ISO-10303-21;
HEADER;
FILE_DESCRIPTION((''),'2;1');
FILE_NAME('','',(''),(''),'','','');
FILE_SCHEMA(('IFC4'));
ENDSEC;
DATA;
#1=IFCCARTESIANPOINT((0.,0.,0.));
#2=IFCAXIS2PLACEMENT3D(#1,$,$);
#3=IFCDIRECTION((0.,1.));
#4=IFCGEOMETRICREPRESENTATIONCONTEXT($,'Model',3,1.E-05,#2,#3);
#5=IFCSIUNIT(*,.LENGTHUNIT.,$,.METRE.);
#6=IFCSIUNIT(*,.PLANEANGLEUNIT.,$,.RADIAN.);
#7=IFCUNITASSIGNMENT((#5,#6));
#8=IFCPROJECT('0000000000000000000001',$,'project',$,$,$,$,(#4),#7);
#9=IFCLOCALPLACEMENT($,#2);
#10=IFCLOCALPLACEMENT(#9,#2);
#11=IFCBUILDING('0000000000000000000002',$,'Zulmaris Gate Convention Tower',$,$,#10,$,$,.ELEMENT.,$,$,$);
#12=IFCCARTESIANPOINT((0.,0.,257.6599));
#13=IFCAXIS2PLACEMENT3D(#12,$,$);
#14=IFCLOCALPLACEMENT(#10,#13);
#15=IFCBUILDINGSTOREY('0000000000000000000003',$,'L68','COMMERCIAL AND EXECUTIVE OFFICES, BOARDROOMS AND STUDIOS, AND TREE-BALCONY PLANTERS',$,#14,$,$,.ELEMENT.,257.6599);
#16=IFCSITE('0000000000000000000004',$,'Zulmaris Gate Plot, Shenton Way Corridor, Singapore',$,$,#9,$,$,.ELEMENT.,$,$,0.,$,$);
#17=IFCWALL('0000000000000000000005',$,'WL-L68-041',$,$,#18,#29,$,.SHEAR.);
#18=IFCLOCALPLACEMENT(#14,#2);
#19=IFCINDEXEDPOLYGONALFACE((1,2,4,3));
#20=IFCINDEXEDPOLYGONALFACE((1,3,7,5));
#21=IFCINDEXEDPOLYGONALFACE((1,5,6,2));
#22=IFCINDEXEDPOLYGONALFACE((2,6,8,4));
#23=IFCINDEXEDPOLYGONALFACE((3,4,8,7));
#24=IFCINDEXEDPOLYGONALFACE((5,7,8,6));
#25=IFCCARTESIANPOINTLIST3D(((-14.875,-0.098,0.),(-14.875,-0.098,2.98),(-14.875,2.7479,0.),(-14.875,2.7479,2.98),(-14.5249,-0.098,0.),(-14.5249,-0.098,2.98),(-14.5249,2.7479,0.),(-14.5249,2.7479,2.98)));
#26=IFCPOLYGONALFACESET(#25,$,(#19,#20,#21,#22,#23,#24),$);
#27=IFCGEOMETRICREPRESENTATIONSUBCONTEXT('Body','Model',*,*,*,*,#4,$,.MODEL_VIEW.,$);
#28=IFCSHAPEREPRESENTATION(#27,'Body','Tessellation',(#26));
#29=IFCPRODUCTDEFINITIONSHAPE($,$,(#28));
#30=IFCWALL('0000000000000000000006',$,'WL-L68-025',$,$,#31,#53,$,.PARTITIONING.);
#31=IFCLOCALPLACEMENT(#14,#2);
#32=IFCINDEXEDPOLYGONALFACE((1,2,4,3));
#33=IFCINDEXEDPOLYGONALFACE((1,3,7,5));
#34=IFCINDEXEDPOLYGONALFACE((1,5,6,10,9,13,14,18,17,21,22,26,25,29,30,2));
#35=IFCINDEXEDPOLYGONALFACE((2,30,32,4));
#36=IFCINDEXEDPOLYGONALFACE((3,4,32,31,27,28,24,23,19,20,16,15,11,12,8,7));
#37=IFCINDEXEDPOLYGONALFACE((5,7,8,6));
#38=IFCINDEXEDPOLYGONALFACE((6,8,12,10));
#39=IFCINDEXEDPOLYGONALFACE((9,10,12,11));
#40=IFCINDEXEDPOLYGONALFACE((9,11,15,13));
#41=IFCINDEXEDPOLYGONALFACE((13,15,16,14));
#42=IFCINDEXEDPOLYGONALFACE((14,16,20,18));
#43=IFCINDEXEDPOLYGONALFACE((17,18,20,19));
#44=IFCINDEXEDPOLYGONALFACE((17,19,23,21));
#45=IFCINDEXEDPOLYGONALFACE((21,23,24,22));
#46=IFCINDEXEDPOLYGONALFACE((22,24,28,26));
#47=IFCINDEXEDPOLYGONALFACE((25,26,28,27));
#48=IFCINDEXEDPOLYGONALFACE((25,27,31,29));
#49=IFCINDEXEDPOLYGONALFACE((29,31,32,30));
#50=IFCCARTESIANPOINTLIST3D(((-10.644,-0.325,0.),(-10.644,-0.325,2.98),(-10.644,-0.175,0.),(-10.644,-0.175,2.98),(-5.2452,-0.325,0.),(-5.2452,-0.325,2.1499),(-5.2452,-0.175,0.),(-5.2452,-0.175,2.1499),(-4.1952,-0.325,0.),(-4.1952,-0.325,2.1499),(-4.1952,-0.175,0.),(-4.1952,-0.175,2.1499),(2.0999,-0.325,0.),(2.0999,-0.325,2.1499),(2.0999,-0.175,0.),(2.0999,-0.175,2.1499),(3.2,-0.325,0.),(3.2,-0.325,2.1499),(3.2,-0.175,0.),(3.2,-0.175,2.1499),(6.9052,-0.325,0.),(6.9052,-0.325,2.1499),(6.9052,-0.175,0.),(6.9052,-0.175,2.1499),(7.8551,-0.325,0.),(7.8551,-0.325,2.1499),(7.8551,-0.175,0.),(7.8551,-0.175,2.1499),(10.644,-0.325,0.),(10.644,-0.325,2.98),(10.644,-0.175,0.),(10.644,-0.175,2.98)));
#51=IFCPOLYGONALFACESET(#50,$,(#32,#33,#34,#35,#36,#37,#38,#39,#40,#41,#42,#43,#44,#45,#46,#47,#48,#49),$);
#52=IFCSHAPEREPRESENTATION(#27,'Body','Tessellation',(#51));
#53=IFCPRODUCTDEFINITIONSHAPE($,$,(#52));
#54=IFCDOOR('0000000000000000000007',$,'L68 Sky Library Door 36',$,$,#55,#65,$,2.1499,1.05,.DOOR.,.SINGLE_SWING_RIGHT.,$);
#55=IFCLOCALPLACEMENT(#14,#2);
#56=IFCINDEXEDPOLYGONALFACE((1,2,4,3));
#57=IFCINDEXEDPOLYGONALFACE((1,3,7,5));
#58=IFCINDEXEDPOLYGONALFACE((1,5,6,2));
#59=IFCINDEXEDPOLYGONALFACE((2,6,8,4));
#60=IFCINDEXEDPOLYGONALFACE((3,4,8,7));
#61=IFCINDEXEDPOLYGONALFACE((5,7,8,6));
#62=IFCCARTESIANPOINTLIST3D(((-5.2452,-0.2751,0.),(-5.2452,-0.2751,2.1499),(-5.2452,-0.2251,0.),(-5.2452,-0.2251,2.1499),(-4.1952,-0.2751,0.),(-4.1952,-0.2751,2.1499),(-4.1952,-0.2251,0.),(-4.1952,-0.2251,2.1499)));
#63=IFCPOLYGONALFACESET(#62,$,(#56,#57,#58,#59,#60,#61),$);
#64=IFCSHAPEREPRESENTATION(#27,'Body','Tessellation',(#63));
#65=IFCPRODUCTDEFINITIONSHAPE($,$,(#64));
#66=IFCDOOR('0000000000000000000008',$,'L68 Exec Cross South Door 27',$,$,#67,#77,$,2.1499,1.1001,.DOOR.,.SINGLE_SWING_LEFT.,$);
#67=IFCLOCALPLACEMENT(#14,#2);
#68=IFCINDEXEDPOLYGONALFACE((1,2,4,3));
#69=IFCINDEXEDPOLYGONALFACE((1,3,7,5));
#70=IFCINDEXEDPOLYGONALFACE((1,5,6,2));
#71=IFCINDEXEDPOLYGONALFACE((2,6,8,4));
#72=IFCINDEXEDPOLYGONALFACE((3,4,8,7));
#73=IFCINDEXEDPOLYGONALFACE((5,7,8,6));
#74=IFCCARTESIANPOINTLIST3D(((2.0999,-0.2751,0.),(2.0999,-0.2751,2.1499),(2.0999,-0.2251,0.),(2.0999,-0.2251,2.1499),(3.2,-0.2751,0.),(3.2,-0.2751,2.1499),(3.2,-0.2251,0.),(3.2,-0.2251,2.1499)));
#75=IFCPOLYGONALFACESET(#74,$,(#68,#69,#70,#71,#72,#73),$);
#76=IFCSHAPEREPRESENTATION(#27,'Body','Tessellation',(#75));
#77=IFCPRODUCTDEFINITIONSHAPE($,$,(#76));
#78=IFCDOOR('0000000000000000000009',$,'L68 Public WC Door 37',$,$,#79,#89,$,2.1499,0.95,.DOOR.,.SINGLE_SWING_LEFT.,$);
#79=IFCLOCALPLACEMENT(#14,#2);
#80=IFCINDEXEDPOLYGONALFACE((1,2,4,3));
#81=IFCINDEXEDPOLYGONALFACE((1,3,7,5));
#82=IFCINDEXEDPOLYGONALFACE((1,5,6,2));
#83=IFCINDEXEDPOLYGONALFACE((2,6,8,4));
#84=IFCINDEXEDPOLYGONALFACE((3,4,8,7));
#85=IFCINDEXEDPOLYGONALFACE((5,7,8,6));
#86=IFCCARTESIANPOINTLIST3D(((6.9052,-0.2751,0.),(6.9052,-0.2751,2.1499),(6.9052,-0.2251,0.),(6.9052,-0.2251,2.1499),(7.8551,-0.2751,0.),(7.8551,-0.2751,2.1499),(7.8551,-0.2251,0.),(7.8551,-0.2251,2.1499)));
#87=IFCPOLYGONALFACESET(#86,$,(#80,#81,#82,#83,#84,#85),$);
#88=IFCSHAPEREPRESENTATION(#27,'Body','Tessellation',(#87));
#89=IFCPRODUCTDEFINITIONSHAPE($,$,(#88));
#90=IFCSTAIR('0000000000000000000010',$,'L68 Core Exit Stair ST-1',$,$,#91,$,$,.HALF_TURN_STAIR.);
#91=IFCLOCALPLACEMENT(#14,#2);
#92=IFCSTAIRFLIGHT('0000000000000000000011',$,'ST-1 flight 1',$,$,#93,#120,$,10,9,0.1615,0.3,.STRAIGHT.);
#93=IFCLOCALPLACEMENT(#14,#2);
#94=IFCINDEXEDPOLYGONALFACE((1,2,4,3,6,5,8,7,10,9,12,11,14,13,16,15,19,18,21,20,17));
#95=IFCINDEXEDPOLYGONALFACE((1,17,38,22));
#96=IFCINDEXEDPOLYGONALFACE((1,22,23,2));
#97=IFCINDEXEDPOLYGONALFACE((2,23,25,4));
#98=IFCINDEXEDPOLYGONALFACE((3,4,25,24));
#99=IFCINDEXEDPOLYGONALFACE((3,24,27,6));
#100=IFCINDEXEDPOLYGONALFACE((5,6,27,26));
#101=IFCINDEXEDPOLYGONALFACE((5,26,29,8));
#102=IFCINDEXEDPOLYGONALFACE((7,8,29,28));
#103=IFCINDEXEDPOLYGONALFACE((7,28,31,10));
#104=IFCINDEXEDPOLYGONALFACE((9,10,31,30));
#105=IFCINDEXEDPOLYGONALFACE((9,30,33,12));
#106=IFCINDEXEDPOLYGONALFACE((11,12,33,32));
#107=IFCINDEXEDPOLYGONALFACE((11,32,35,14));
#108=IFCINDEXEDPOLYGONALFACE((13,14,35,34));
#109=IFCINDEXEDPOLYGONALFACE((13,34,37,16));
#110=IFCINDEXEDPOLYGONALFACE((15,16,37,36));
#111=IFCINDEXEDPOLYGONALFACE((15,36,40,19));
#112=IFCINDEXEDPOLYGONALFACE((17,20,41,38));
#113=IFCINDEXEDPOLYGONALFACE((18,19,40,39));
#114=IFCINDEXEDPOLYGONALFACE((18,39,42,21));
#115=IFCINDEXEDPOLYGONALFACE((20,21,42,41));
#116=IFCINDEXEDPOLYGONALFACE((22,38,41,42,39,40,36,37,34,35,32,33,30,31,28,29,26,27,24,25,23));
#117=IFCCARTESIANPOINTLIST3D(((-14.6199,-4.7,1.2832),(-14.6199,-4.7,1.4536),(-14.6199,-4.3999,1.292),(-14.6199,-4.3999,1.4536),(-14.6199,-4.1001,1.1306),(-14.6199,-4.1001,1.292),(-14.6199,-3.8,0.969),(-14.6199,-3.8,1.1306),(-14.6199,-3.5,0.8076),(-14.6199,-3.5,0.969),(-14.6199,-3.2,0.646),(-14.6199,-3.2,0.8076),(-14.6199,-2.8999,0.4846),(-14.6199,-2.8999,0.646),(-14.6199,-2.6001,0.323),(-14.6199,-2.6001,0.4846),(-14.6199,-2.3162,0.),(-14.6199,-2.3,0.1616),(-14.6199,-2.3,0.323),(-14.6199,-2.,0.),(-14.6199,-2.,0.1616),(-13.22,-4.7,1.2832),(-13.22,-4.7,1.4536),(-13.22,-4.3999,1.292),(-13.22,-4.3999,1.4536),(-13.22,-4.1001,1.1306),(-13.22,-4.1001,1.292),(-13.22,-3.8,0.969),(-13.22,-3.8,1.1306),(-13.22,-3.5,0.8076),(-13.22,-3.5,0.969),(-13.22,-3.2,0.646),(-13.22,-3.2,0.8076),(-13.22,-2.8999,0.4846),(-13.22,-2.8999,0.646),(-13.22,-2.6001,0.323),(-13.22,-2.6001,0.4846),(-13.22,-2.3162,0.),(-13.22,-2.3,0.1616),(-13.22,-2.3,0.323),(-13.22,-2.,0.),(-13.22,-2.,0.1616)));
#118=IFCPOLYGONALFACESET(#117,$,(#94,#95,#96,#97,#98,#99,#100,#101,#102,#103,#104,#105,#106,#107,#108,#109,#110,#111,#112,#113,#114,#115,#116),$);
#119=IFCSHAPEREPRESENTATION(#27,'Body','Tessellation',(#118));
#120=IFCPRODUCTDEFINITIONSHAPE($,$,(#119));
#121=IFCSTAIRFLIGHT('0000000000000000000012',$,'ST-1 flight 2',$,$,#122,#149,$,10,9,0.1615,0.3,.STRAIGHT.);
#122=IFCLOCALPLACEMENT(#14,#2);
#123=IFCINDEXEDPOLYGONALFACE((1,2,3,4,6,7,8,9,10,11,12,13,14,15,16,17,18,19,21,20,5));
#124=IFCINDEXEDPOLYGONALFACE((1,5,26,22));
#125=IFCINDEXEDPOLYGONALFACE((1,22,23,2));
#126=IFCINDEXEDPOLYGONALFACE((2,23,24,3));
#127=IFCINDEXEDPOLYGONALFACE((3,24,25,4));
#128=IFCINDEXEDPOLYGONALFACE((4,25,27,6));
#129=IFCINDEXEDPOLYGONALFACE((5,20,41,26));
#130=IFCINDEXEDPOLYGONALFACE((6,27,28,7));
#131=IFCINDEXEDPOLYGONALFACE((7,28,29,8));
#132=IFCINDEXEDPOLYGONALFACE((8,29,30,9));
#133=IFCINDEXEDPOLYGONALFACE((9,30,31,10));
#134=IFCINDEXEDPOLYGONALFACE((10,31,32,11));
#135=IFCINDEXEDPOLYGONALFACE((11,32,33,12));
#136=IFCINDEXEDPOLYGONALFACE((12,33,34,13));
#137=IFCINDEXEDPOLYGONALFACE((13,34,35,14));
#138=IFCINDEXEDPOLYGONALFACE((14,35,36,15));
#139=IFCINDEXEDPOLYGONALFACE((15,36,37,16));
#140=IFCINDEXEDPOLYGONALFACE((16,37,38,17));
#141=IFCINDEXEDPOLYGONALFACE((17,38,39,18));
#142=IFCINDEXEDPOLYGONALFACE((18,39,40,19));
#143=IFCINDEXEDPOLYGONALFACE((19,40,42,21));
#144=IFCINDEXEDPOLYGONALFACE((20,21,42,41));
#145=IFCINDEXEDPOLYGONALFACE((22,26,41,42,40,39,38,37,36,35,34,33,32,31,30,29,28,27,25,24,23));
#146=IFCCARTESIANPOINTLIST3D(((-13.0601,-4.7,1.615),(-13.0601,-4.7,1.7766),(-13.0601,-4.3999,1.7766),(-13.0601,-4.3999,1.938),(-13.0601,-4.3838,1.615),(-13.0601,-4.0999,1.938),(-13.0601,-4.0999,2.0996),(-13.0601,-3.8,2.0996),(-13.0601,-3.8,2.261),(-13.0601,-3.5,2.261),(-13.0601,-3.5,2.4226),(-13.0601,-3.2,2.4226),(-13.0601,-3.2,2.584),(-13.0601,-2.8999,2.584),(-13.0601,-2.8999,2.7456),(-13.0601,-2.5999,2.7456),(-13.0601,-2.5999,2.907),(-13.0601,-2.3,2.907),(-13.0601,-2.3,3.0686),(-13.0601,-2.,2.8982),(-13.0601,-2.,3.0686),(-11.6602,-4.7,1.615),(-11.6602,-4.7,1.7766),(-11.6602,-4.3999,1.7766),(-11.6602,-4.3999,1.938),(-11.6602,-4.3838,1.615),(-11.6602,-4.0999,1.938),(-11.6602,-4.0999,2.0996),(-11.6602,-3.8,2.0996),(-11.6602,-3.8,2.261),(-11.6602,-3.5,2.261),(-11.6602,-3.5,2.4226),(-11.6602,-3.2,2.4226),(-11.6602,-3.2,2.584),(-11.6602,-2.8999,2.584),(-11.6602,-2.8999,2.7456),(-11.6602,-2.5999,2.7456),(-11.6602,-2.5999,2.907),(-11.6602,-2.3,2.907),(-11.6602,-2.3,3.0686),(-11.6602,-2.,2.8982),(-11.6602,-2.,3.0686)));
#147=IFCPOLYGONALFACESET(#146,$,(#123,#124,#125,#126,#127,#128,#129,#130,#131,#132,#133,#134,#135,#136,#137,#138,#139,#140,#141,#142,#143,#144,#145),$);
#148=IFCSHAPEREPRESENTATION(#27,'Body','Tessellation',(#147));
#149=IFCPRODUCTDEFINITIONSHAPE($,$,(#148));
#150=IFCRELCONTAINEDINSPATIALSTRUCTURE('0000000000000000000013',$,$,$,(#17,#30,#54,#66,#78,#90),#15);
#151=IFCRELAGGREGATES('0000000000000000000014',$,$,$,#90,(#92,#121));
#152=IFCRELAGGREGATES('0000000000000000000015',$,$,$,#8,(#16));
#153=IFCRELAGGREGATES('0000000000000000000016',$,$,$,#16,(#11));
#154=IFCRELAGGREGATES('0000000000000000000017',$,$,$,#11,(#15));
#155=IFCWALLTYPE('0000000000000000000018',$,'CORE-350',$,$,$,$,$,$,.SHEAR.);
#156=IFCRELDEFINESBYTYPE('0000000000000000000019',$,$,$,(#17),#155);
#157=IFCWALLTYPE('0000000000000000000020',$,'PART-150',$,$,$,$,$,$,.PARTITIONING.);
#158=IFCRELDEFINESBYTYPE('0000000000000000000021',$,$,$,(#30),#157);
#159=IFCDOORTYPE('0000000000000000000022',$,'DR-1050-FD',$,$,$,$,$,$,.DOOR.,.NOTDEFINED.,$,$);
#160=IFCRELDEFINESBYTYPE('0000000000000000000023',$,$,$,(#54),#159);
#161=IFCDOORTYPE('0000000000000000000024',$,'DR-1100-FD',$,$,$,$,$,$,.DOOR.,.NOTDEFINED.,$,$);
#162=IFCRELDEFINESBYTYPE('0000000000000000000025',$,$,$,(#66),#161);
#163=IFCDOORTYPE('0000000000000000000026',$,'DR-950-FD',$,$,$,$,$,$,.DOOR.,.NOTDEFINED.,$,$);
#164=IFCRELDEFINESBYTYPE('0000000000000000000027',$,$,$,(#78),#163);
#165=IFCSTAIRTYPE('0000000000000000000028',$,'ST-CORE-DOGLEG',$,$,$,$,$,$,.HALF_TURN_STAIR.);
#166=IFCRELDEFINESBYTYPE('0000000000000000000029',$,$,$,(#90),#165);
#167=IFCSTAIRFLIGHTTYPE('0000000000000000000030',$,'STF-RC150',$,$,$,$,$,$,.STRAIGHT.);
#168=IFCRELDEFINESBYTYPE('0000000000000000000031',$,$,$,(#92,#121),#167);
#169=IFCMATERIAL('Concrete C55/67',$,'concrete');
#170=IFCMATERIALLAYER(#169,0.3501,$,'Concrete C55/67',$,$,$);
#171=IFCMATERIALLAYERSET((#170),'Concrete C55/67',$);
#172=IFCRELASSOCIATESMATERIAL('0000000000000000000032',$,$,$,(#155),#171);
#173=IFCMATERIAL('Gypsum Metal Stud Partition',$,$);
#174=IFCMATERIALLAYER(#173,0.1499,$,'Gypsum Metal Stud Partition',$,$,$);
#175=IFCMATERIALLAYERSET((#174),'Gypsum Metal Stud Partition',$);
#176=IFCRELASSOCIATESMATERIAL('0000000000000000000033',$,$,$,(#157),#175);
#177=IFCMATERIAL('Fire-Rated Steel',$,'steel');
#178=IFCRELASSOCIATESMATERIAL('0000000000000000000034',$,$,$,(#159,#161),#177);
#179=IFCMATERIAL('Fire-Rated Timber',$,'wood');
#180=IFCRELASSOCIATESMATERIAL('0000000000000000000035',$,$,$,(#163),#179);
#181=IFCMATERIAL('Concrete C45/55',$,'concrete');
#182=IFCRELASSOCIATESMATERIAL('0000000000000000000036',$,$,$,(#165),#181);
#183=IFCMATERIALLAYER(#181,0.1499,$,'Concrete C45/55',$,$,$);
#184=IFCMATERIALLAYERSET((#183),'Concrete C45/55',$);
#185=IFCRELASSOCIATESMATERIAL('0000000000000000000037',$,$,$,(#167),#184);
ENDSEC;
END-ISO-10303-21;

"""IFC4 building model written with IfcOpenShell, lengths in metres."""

from ifc_helpers import new_model, si_unit, direction, frame, frame_2d, origin, place, context, subcontext, project, spatial, polyline, rectangle, outline, extrude, material, layer, layer_set, type_object, element, fill, aggregate, save


model = new_model("IFC4")

# Units and contexts
model_context = context("Model", 3, precision=1e-05, world=origin(), true_north=direction((0.0, 1.0)))
body_context = subcontext(model_context, "Body", "Model", "MODEL_VIEW")
ifc_project = project(units=[si_unit("LENGTHUNIT", "METRE"), si_unit("PLANEANGLEUNIT", "RADIAN")], contexts=[model_context])

# Site, building, storey
site_placement = place(None, origin())
site = spatial("IfcSite", under=ifc_project, at=site_placement, Name="Zulmaris Gate Plot, Shenton Way Corridor, Singapore", CompositionType="ELEMENT", RefElevation=0.0)
building_placement = place(site_placement, origin())
building = spatial("IfcBuilding", under=site, at=building_placement, Name="Zulmaris Gate Convention Tower", CompositionType="ELEMENT")
storey_placement = place(building_placement, frame((0.0, 0.0, 257.6599)))
storey = spatial("IfcBuildingStorey", under=building, at=storey_placement, Name="L68", Description="COMMERCIAL AND EXECUTIVE OFFICES, BOARDROOMS AND STUDIOS, AND TREE-BALCONY PLANTERS", CompositionType="ELEMENT", Elevation=257.6599)

# Wall
ifc_material_1 = material(Name="Concrete C55/67", Category="concrete")
ifc_layer_1 = layer(ifc_material_1, 0.3501, Name="Concrete C55/67")
ifc_layer_set_1 = layer_set([ifc_layer_1], Name="Concrete C55/67")
wall_type_1 = type_object("IfcWallType", Name="CORE-350", PredefinedType="SHEAR", material=ifc_layer_set_1)
wall_1_placement = place(storey_placement, frame((-14.7, -0.0979, 0.0), z_axis=(0.0, 0.0, 1.0), x_axis=(0.0, 1.0, 0.0)))
element("IfcWall", 1, at=wall_1_placement, inside=storey, type_object=wall_type_1, Name="WL-L68-041", PredefinedType="SHEAR", context=body_context, shape_type="SweptSolid", body=[
    extrude(rectangle(XDim=2.8459, YDim=0.3501, at=frame_2d((1.4229, 0.0))), origin(), (0.0, 0.0, 1.0), 2.98),
])

# Wall, openings, doors
ifc_material_2 = material(Name="Gypsum Metal Stud Partition")
ifc_layer_2 = layer(ifc_material_2, 0.1499, Name="Gypsum Metal Stud Partition")
ifc_layer_set_2 = layer_set([ifc_layer_2], Name="Gypsum Metal Stud Partition")
wall_type_2 = type_object("IfcWallType", Name="PART-150", PredefinedType="PARTITIONING", material=ifc_layer_set_2)
wall_2_placement = place(storey_placement, frame((-10.644, -0.25, 0.0), z_axis=(0.0, 0.0, 1.0), x_axis=(1.0, 0.0, 0.0)))
wall_2 = element("IfcWall", 2, at=wall_2_placement, inside=storey, type_object=wall_type_2, Name="WL-L68-025", PredefinedType="PARTITIONING", context=body_context, shape_type="SweptSolid", body=[
    extrude(rectangle(XDim=21.2881, YDim=0.1499, at=frame_2d((10.644, 0.0))), origin(), (0.0, 0.0, 1.0), 2.98),
])
opening_1_placement = place(wall_2_placement, frame((12.7439, 0.0, 0.0)))
opening_1 = element("IfcOpeningElement", 3, at=opening_1_placement, cuts=wall_2, PredefinedType="OPENING", context=body_context, shape_type="SweptSolid", body=[
    extrude(rectangle(XDim=1.1001, YDim=2.1499, at=frame_2d((0.55, 1.075))), frame((0.0, 0.085, 0.0), z_axis=(0.0, -1.0, 0.0), x_axis=(1.0, 0.0, 0.0)), (0.0, 0.0, 1.0), 0.1699),
])
opening_2_placement = place(wall_2_placement, frame((5.3989, 0.0, 0.0)))
opening_2 = element("IfcOpeningElement", 4, at=opening_2_placement, cuts=wall_2, PredefinedType="OPENING", context=body_context, shape_type="SweptSolid", body=[
    extrude(rectangle(XDim=1.05, YDim=2.1499, at=frame_2d((0.5249, 1.075))), frame((0.0, 0.085, 0.0), z_axis=(0.0, -1.0, 0.0), x_axis=(1.0, 0.0, 0.0)), (0.0, 0.0, 1.0), 0.1699),
])
opening_3_placement = place(wall_2_placement, frame((17.5491, 0.0, 0.0)))
opening_3 = element("IfcOpeningElement", 5, at=opening_3_placement, cuts=wall_2, PredefinedType="OPENING", context=body_context, shape_type="SweptSolid", body=[
    extrude(rectangle(XDim=0.95, YDim=2.1499, at=frame_2d((0.4751, 1.075))), frame((0.0, 0.085, 0.0), z_axis=(0.0, -1.0, 0.0), x_axis=(1.0, 0.0, 0.0)), (0.0, 0.0, 1.0), 0.1699),
])
ifc_material_3 = material(Name="Fire-Rated Steel", Category="steel")
door_type_1 = type_object("IfcDoorType", Name="DR-1050-FD", OperationType="NOTDEFINED", PredefinedType="DOOR", material=ifc_material_3)
door_1_placement = place(opening_2_placement, origin())
door_1 = element("IfcDoor", 6, at=door_1_placement, inside=storey, type_object=door_type_1, Name="L68 Sky Library Door 36", OperationType="SINGLE_SWING_RIGHT", OverallHeight=2.1499, OverallWidth=1.05, PredefinedType="DOOR", context=body_context, shape_type="SweptSolid", body=[
    extrude(rectangle(XDim=1.05, YDim=2.1499, at=frame_2d((0.5249, 1.075))), frame((0.0, 0.0249, 0.0), z_axis=(0.0, -1.0, 0.0), x_axis=(1.0, 0.0, 0.0)), (0.0, 0.0, 1.0), 0.05),
])
fill(opening_2, door_1)
door_type_2 = type_object("IfcDoorType", Name="DR-1100-FD", OperationType="NOTDEFINED", PredefinedType="DOOR", material=ifc_material_3)
door_2_placement = place(opening_1_placement, origin())
door_2 = element("IfcDoor", 7, at=door_2_placement, inside=storey, type_object=door_type_2, Name="L68 Exec Cross South Door 27", OperationType="SINGLE_SWING_LEFT", OverallHeight=2.1499, OverallWidth=1.1001, PredefinedType="DOOR", context=body_context, shape_type="SweptSolid", body=[
    extrude(rectangle(XDim=1.1001, YDim=2.1499, at=frame_2d((0.55, 1.075))), frame((0.0, 0.0249, 0.0), z_axis=(0.0, -1.0, 0.0), x_axis=(1.0, 0.0, 0.0)), (0.0, 0.0, 1.0), 0.05),
])
fill(opening_1, door_2)
ifc_material_4 = material(Name="Fire-Rated Timber", Category="wood")
door_type_3 = type_object("IfcDoorType", Name="DR-950-FD", OperationType="NOTDEFINED", PredefinedType="DOOR", material=ifc_material_4)
door_3_placement = place(opening_3_placement, origin())
door_3 = element("IfcDoor", 8, at=door_3_placement, inside=storey, type_object=door_type_3, Name="L68 Public WC Door 37", OperationType="SINGLE_SWING_LEFT", OverallHeight=2.1499, OverallWidth=0.95, PredefinedType="DOOR", context=body_context, shape_type="SweptSolid", body=[
    extrude(rectangle(XDim=0.95, YDim=2.1499, at=frame_2d((0.4751, 1.075))), frame((0.0, 0.0249, 0.0), z_axis=(0.0, -1.0, 0.0), x_axis=(1.0, 0.0, 0.0)), (0.0, 0.0, 1.0), 0.05),
])
fill(opening_3, door_3)

# Stair, stair flights
ifc_material_5 = material(Name="Concrete C45/55", Category="concrete")
stair_type = type_object("IfcStairType", Name="ST-CORE-DOGLEG", PredefinedType="HALF_TURN_STAIR", material=ifc_material_5)
stair_1_placement = place(storey_placement, origin())
stair_1 = element("IfcStair", 9, at=stair_1_placement, inside=storey, type_object=stair_type, Name="L68 Core Exit Stair ST-1", PredefinedType="HALF_TURN_STAIR")
ifc_layer_3 = layer(ifc_material_5, 0.1499, Name="Concrete C45/55")
ifc_layer_set_3 = layer_set([ifc_layer_3], Name="Concrete C45/55")
stair_flight_type = type_object("IfcStairFlightType", Name="STF-RC150", PredefinedType="STRAIGHT", material=ifc_layer_set_3)
stair_flight_1_placement = place(storey_placement, frame((-13.9199, -2.0, 0.0), z_axis=(0.0, 0.0, 1.0), x_axis=(0.0, -1.0, 0.0)))
stair_flight_1 = element("IfcStairFlight", 10, at=stair_flight_1_placement, type_object=stair_flight_type, Name="ST-1 flight 1", NumberOfRisers=10, NumberOfTreads=9, PredefinedType="STRAIGHT", RiserHeight=0.1615, TreadLength=0.3, context=body_context, shape_type="SweptSolid", body=[
    extrude(outline(polyline([(0.0, 0.0), (0.0, 0.1616), (0.3, 0.1616), (0.3, 0.323), (0.6001, 0.323), (0.6001, 0.4846), (0.8999, 0.4846), (0.8999, 0.646), (1.2, 0.646), (1.2, 0.8076), (1.5, 0.8076), (1.5, 0.969), (1.8, 0.969), (1.8, 1.1306), (2.1001, 1.1306), (2.1001, 1.292), (2.3999, 1.292), (2.3999, 1.4536), (2.7, 1.4536), (2.7, 1.615), (2.7, 1.2832), (0.3162, 0.0), (0.0, 0.0)])), frame((0.0, 0.7, 0.0), z_axis=(0.0, -1.0, 0.0), x_axis=(1.0, 0.0, 0.0)), (0.0, 0.0, 1.0), 1.3999),
])
stair_flight_2_placement = place(storey_placement, frame((-12.3601, -4.7, 1.615), z_axis=(0.0, 0.0, 1.0), x_axis=(0.0, 1.0, 0.0)))
stair_flight_2 = element("IfcStairFlight", 11, at=stair_flight_2_placement, type_object=stair_flight_type, Name="ST-1 flight 2", NumberOfRisers=10, NumberOfTreads=9, PredefinedType="STRAIGHT", RiserHeight=0.1615, TreadLength=0.3, context=body_context, shape_type="SweptSolid", body=[
    extrude(outline(polyline([(0.0, 0.0), (0.0, 0.1616), (0.3, 0.1616), (0.3, 0.323), (0.6001, 0.323), (0.6001, 0.4846), (0.8999, 0.4846), (0.8999, 0.646), (1.2, 0.646), (1.2, 0.8076), (1.5, 0.8076), (1.5, 0.969), (1.8, 0.969), (1.8, 1.1306), (2.1001, 1.1306), (2.1001, 1.292), (2.3999, 1.292), (2.3999, 1.4536), (2.7, 1.4536), (2.7, 1.615), (2.7, 1.2832), (0.3162, 0.0), (0.0, 0.0)])), frame((0.0, 0.7, 0.0), z_axis=(0.0, -1.0, 0.0), x_axis=(1.0, 0.0, 0.0)), (0.0, 0.0, 1.0), 1.3999),
])
aggregate(stair_1, [stair_flight_1, stair_flight_2])

save(model, "model.ifc")
